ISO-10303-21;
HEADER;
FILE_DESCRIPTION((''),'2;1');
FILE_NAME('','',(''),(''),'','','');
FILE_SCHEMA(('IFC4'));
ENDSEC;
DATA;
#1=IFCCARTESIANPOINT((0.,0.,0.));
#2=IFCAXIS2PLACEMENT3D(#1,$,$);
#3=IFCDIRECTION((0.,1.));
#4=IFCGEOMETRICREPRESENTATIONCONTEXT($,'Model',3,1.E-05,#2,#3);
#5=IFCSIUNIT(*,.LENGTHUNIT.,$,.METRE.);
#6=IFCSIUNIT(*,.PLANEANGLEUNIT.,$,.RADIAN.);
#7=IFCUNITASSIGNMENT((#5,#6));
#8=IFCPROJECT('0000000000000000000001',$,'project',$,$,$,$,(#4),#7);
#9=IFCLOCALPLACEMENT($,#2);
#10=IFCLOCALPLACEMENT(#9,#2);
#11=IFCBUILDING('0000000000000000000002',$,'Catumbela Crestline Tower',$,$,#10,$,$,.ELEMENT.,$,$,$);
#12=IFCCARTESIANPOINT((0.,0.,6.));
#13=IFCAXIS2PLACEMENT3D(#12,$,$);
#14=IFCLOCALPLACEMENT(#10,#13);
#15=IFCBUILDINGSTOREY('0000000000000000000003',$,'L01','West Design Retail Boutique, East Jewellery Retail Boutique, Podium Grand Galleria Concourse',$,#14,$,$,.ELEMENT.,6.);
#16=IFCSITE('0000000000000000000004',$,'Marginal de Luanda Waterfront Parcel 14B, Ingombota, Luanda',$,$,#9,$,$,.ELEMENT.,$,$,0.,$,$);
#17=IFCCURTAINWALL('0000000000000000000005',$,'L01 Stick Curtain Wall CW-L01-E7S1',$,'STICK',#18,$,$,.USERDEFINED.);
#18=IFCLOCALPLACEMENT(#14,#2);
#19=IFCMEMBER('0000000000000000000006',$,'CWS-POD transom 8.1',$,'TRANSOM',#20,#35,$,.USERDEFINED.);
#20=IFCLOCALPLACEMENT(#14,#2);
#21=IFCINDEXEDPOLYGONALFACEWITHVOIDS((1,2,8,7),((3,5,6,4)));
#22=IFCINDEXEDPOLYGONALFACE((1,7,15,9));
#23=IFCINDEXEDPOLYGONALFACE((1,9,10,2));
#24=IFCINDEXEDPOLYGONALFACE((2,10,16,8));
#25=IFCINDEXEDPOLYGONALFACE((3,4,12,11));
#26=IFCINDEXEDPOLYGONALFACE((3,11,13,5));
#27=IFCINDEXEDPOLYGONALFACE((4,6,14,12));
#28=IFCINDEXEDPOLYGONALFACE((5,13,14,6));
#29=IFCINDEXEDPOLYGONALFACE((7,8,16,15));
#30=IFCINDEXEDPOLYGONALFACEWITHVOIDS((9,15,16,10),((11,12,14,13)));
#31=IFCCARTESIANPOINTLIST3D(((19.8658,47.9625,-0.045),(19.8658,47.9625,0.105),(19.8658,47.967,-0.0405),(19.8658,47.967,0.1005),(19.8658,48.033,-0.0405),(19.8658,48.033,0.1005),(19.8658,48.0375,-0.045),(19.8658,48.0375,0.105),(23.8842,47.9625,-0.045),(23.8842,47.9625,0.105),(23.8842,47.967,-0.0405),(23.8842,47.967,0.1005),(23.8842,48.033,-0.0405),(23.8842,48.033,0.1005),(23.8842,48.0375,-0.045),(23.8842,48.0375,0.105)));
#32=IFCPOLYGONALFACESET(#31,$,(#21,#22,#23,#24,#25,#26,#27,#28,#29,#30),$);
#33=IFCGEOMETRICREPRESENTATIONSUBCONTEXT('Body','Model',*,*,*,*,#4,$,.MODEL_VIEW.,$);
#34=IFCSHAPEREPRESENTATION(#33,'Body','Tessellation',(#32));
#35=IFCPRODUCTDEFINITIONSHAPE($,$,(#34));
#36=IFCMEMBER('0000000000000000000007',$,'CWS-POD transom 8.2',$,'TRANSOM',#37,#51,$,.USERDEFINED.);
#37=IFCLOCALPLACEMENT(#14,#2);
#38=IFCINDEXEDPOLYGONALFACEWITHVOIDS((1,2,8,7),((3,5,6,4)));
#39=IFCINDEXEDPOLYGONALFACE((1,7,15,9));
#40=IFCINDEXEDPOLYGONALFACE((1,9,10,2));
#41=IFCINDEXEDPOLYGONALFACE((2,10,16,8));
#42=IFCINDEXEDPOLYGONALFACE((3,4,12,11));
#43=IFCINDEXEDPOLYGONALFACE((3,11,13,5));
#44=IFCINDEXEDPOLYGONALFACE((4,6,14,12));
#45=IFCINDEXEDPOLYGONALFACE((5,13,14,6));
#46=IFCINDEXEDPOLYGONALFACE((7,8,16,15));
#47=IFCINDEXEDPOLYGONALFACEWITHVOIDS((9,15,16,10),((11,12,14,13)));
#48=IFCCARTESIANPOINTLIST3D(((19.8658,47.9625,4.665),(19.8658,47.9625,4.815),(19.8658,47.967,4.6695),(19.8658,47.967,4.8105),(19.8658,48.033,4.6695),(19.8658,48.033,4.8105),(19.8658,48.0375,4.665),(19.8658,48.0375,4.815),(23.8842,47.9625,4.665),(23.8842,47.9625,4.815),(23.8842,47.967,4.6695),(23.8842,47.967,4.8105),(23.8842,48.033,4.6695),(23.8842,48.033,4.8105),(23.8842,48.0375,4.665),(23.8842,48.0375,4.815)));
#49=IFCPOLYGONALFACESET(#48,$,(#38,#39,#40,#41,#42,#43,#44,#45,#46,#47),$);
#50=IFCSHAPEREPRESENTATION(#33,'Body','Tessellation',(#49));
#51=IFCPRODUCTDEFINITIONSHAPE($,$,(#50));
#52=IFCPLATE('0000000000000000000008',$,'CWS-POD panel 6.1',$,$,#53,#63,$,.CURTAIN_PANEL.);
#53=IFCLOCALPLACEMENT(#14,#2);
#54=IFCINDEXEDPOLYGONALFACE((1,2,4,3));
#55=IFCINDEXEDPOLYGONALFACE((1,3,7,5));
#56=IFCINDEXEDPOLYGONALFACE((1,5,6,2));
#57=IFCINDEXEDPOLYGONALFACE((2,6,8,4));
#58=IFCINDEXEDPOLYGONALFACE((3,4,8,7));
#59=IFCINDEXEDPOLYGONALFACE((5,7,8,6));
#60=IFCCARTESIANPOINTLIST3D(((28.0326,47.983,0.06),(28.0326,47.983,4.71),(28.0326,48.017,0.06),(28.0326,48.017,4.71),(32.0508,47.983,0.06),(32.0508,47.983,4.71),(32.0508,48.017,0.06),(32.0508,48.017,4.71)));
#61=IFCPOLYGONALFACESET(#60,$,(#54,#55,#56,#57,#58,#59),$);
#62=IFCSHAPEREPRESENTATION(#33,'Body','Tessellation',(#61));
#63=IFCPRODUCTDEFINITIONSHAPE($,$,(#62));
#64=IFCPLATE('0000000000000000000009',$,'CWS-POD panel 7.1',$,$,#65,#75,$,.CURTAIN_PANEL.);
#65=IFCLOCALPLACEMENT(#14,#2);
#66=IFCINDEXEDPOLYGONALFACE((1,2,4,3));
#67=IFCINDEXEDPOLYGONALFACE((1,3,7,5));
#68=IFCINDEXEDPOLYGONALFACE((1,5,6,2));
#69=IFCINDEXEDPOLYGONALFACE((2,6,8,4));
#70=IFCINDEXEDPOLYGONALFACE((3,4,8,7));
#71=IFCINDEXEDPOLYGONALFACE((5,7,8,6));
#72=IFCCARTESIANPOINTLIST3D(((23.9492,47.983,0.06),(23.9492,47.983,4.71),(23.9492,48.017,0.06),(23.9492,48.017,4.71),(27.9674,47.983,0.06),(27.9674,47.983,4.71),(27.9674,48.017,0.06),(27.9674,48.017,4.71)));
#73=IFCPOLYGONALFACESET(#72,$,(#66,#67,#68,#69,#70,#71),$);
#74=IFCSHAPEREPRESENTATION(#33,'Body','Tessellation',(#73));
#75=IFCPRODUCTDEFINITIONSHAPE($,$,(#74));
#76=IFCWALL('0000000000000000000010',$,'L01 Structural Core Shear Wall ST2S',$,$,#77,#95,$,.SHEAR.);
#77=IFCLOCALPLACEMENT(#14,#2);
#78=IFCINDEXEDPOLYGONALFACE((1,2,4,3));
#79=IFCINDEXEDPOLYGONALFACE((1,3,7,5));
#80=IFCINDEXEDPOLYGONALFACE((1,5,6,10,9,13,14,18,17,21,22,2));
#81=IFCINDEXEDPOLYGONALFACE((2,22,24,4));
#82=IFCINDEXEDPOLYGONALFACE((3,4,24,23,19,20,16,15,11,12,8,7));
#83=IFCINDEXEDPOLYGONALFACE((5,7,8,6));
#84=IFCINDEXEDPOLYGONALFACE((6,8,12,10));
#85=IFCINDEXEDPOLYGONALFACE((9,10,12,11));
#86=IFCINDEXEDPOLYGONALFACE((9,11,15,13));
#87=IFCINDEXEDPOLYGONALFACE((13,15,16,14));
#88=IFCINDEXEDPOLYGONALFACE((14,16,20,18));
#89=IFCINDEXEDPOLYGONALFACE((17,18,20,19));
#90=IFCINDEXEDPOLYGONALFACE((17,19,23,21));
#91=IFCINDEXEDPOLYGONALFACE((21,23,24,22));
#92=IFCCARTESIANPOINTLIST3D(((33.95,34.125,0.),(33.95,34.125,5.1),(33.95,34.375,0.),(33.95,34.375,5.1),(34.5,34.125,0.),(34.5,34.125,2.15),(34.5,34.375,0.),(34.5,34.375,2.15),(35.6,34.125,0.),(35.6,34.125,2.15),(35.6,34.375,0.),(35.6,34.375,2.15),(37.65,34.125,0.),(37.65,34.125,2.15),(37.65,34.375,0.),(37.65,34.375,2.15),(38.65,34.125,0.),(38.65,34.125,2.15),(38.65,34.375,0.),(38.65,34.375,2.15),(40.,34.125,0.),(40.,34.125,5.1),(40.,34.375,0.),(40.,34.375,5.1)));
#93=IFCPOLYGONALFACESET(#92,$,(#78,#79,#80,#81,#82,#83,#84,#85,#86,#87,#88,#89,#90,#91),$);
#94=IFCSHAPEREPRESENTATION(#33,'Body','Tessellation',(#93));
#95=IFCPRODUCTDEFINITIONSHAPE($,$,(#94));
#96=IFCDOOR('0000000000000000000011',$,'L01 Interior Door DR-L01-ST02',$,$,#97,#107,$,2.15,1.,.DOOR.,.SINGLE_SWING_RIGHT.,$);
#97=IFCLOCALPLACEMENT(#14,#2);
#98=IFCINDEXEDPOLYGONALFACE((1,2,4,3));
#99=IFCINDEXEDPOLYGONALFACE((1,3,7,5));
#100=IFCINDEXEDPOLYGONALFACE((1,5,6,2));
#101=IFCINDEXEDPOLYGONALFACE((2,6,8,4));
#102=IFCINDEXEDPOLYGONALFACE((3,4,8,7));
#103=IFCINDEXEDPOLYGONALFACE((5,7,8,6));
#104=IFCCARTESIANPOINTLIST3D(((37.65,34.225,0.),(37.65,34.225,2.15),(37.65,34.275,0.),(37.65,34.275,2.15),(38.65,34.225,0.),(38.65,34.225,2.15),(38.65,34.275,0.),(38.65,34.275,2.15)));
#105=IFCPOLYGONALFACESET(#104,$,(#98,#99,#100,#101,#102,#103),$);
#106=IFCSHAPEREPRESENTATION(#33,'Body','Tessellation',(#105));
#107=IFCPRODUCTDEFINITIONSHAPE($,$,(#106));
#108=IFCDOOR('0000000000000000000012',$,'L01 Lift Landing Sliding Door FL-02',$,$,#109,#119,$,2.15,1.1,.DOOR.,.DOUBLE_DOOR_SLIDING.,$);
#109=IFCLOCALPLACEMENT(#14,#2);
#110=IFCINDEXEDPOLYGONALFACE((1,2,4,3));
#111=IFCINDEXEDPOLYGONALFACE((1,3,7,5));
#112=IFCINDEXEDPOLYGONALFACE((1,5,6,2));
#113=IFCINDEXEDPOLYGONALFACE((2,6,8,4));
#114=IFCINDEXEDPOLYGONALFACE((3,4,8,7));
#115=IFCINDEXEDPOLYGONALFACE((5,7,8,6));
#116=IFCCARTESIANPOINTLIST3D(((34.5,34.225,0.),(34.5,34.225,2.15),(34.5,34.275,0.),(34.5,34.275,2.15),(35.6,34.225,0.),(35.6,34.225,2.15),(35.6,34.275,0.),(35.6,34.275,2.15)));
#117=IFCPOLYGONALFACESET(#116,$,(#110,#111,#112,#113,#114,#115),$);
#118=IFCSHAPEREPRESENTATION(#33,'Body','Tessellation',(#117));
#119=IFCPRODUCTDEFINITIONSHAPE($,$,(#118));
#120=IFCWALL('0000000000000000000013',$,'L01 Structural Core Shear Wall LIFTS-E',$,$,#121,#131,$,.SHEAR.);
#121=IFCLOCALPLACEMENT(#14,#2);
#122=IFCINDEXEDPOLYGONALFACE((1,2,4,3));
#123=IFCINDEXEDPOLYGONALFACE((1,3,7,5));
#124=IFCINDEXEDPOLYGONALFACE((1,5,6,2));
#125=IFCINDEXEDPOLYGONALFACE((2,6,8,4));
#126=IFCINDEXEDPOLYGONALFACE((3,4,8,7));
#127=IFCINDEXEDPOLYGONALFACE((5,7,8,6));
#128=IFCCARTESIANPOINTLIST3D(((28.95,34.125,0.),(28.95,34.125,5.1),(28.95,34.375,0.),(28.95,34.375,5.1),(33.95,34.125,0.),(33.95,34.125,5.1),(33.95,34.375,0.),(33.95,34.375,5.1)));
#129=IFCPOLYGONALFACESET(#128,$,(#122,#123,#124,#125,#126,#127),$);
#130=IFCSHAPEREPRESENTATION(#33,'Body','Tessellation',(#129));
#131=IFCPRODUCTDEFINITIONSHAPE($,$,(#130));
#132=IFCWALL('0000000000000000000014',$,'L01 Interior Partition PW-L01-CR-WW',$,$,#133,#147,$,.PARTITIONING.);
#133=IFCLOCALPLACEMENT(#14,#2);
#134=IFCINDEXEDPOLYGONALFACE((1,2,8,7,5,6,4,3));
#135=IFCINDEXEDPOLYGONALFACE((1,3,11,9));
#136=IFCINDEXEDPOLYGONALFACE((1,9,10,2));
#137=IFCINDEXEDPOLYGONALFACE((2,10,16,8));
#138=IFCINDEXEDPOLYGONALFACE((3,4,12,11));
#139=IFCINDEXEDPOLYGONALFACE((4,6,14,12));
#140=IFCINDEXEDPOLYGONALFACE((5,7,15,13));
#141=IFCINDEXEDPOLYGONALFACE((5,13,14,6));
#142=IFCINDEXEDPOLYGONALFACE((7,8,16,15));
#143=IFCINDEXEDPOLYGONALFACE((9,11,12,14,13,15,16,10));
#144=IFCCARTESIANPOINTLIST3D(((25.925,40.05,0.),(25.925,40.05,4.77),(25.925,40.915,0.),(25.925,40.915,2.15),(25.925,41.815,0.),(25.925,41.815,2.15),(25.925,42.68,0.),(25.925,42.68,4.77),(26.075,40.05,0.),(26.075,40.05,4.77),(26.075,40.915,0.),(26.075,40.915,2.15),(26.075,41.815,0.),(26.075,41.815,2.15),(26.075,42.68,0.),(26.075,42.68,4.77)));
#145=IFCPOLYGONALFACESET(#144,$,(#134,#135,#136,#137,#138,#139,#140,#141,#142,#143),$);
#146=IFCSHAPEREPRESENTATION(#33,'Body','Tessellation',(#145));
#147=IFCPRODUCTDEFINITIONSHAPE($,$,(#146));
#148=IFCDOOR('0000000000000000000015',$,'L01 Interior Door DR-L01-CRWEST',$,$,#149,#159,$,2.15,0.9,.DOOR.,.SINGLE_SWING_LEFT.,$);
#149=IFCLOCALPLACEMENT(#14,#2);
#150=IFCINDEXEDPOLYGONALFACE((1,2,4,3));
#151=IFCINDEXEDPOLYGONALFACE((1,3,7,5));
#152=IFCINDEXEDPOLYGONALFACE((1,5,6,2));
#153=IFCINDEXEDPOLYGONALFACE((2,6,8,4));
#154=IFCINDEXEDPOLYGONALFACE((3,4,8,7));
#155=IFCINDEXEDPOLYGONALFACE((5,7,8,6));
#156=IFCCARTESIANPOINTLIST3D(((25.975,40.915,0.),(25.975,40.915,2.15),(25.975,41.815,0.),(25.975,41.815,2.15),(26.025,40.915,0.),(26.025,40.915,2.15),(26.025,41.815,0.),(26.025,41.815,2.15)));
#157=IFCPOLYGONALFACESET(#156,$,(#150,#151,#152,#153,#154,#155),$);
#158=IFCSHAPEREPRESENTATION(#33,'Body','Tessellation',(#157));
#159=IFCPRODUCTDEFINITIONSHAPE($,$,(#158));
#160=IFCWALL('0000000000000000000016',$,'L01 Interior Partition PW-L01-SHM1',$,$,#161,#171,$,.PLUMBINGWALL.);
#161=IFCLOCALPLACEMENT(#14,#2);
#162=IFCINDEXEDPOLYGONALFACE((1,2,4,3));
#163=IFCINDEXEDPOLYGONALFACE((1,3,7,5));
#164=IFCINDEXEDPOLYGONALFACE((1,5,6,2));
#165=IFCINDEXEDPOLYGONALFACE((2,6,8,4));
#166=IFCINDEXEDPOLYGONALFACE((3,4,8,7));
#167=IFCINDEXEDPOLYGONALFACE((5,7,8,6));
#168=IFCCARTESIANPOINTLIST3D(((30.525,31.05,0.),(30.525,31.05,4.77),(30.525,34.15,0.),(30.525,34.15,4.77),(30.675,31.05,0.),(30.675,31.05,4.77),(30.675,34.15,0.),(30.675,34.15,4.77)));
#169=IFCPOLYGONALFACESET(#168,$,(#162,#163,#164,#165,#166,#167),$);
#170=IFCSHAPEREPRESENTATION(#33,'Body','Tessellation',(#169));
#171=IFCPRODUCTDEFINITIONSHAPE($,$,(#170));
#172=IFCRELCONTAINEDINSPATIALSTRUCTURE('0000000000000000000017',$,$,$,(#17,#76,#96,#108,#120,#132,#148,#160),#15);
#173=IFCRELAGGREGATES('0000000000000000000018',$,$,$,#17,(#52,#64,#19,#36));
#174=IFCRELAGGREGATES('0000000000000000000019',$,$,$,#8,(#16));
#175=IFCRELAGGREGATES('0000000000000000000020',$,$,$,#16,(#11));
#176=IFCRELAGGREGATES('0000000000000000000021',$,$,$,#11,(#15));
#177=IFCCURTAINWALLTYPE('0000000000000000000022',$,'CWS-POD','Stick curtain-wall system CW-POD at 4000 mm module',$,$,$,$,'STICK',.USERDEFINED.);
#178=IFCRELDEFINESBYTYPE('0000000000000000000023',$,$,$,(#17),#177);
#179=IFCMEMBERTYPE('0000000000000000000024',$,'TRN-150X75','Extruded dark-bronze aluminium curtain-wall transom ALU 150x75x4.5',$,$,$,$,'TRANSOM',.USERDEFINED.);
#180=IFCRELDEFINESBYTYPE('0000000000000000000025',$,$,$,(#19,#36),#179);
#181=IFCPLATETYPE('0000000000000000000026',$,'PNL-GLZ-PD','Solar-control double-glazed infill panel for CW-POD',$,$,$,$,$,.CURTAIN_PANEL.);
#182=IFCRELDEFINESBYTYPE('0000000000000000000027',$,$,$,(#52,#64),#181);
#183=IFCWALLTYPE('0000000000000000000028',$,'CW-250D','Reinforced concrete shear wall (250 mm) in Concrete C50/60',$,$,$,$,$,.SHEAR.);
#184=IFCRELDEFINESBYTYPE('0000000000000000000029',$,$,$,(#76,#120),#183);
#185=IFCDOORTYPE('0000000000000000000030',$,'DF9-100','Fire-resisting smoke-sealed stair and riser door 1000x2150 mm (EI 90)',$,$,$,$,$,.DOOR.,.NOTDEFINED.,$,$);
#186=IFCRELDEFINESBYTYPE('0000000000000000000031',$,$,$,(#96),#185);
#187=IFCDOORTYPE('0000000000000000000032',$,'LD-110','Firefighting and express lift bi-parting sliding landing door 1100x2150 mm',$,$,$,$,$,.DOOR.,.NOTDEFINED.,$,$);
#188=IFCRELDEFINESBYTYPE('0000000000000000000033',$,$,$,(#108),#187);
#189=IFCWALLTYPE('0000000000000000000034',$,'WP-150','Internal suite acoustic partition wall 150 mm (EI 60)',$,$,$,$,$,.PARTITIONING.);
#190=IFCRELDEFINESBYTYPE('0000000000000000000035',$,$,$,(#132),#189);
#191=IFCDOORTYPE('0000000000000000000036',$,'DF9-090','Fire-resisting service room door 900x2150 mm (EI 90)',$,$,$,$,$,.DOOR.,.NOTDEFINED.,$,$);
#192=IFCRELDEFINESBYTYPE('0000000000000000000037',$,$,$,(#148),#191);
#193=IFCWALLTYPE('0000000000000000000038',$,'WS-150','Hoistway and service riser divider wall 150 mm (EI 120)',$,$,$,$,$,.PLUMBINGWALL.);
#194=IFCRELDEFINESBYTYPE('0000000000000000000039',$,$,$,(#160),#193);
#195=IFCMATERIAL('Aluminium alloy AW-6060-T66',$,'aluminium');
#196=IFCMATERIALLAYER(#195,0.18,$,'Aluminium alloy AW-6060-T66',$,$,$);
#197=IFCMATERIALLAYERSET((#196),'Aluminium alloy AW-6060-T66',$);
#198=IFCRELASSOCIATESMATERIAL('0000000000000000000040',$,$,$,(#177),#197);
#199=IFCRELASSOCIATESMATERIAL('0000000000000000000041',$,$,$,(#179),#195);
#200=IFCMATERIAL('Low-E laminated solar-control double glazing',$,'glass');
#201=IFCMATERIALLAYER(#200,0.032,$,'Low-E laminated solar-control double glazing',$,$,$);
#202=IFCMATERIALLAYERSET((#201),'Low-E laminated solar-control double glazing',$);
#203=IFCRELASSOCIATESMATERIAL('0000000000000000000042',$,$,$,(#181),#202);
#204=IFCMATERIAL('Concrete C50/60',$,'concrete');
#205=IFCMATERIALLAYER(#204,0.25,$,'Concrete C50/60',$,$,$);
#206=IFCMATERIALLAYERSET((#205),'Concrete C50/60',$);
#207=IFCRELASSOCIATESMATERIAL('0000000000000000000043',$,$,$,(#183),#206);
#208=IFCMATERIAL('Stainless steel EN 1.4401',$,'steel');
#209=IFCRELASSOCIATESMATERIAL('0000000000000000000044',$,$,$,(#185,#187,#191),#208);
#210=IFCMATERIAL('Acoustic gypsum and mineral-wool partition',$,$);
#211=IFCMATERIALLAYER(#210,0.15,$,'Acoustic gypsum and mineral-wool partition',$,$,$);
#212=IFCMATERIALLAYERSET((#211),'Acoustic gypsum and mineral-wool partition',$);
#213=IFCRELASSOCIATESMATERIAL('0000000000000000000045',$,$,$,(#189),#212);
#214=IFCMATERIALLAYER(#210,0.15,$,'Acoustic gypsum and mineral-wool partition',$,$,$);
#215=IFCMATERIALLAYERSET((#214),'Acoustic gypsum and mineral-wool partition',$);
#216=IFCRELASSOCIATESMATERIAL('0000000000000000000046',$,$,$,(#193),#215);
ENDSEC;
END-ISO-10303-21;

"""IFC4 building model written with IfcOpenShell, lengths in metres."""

from ifc_helpers import new_model, si_unit, direction, frame, frame_2d, origin, origin_2d, place, context, subcontext, project, spatial, rectangle, hollow_rectangle, extrude, material, layer, layer_set, material_profile, profile_set, type_object, element, fill, aggregate, save


model = new_model("IFC4")

# Units and contexts
model_context = context("Model", 3, precision=1e-05, world=origin(), true_north=direction((0.0, 1.0)))
body_context = subcontext(model_context, "Body", "Model", "MODEL_VIEW")
ifc_project = project(units=[si_unit("LENGTHUNIT", "METRE"), si_unit("PLANEANGLEUNIT", "RADIAN")], contexts=[model_context])

# Site, building, storey
site_placement = place(None, origin())
site = spatial("IfcSite", under=ifc_project, at=site_placement, Name="Marginal de Luanda Waterfront Parcel 14B, Ingombota, Luanda", CompositionType="ELEMENT", RefElevation=0.0)
building_placement = place(site_placement, origin())
building = spatial("IfcBuilding", under=site, at=building_placement, Name="Catumbela Crestline Tower", CompositionType="ELEMENT")
storey_placement = place(building_placement, frame((0.0, 0.0, 6.0)))
storey = spatial("IfcBuildingStorey", under=building, at=storey_placement, Name="L01", Description="West Design Retail Boutique, East Jewellery Retail Boutique, Podium Grand Galleria Concourse", CompositionType="ELEMENT", Elevation=6.0)

# Curtain wall
ifc_material_1 = material(Name="Aluminium alloy AW-6060-T66", Category="aluminium")
ifc_layer_1 = layer(ifc_material_1, 0.18, Name="Aluminium alloy AW-6060-T66")
ifc_layer_set_1 = layer_set([ifc_layer_1], Name="Aluminium alloy AW-6060-T66")
curtain_wall_type = type_object("IfcCurtainWallType", Name="CWS-POD", Description="Stick curtain-wall system CW-POD at 4000 mm module", ElementType="STICK", PredefinedType="USERDEFINED", material=ifc_layer_set_1)
curtain_wall_placement = place(storey_placement, origin())
curtain_wall = element("IfcCurtainWall", 1, at=curtain_wall_placement, inside=storey, type_object=curtain_wall_type, Name="L01 Stick Curtain Wall CW-L01-E7S1", ObjectType="STICK", PredefinedType="USERDEFINED")

# Members
ifc_material_profile_1 = material_profile(ifc_material_1, hollow_rectangle(XDim=0.075, YDim=0.15, WallThickness=0.0045, at=origin_2d()), Name="ALU 150x75x4.5")
ifc_profile_set_1 = profile_set([ifc_material_profile_1], Name="Aluminium alloy AW-6060-T66")
member_type_1 = type_object("IfcMemberType", Name="TRN-150X75", Description="Extruded dark-bronze aluminium curtain-wall transom ALU 150x75x4.5", ElementType="TRANSOM", PredefinedType="USERDEFINED", material=ifc_profile_set_1)
member_1_placement = place(storey_placement, frame((23.8842, 48.0, 0.03), z_axis=(-1.0, 0.0, 0.0), x_axis=(0.0, -1.0, 0.0)))
member_1 = element("IfcMember", 2, at=member_1_placement, type_object=member_type_1, Name="CWS-POD transom 8.1", ObjectType="TRANSOM", PredefinedType="USERDEFINED", context=body_context, shape_type="SweptSolid", body=[
    extrude(hollow_rectangle(XDim=0.075, YDim=0.15, WallThickness=0.0045, at=origin_2d()), origin(), (0.0, 0.0, 1.0), 4.0184),
])
member_2_placement = place(storey_placement, frame((23.8842, 48.0, 4.74), z_axis=(-1.0, 0.0, 0.0), x_axis=(0.0, -1.0, 0.0)))
member_2 = element("IfcMember", 3, at=member_2_placement, type_object=member_type_1, Name="CWS-POD transom 8.2", ObjectType="TRANSOM", PredefinedType="USERDEFINED", context=body_context, shape_type="SweptSolid", body=[
    extrude(hollow_rectangle(XDim=0.075, YDim=0.15, WallThickness=0.0045, at=origin_2d()), origin(), (0.0, 0.0, 1.0), 4.0184),
])

# Plates
ifc_material_2 = material(Name="Low-E laminated solar-control double glazing", Category="glass")
ifc_layer_2 = layer(ifc_material_2, 0.032, Name="Low-E laminated solar-control double glazing")
ifc_layer_set_2 = layer_set([ifc_layer_2], Name="Low-E laminated solar-control double glazing")
plate_type = type_object("IfcPlateType", Name="PNL-GLZ-PD", Description="Solar-control double-glazed infill panel for CW-POD", PredefinedType="CURTAIN_PANEL", material=ifc_layer_set_2)
plate_1_placement = place(storey_placement, frame((30.0417, 48.0, 0.06), z_axis=(0.0, 0.0, 1.0), x_axis=(-1.0, 0.0, 0.0)))
plate_1 = element("IfcPlate", 4, at=plate_1_placement, type_object=plate_type, Name="CWS-POD panel 6.1", PredefinedType="CURTAIN_PANEL", context=body_context, shape_type="SweptSolid", body=[
    extrude(rectangle(XDim=4.0183, YDim=0.034, at=origin_2d()), origin(), (0.0, 0.0, 1.0), 4.65),
])
plate_2_placement = place(storey_placement, frame((25.9583, 48.0, 0.06), z_axis=(0.0, 0.0, 1.0), x_axis=(-1.0, 0.0, 0.0)))
plate_2 = element("IfcPlate", 5, at=plate_2_placement, type_object=plate_type, Name="CWS-POD panel 7.1", PredefinedType="CURTAIN_PANEL", context=body_context, shape_type="SweptSolid", body=[
    extrude(rectangle(XDim=4.0183, YDim=0.034, at=origin_2d()), origin(), (0.0, 0.0, 1.0), 4.65),
])
aggregate(curtain_wall, [plate_1, plate_2, member_1, member_2])

# Wall, openings, doors
ifc_material_3 = material(Name="Concrete C50/60", Category="concrete")
ifc_layer_3 = layer(ifc_material_3, 0.25, Name="Concrete C50/60")
ifc_layer_set_3 = layer_set([ifc_layer_3], Name="Concrete C50/60")
wall_type_1 = type_object("IfcWallType", Name="CW-250D", Description="Reinforced concrete shear wall (250 mm) in Concrete C50/60", PredefinedType="SHEAR", material=ifc_layer_set_3)
wall_1_placement = place(storey_placement, frame((33.95, 34.25, 0.0), z_axis=(0.0, 0.0, 1.0), x_axis=(1.0, 0.0, 0.0)))
wall_1 = element("IfcWall", 6, at=wall_1_placement, inside=storey, type_object=wall_type_1, Name="L01 Structural Core Shear Wall ST2S", PredefinedType="SHEAR", context=body_context, shape_type="SweptSolid", body=[
    extrude(rectangle(XDim=6.05, YDim=0.25, at=frame_2d((3.025, 0.0))), origin(), (0.0, 0.0, 1.0), 5.1),
])
opening_1_placement = place(wall_1_placement, frame((3.7, 0.0, 0.0)))
opening_1 = element("IfcOpeningElement", 7, at=opening_1_placement, cuts=wall_1, PredefinedType="OPENING", context=body_context, shape_type="SweptSolid", body=[
    extrude(rectangle(XDim=1.0, YDim=2.15, at=frame_2d((0.5, 1.075))), frame((0.0, 0.135, 0.0), z_axis=(0.0, -1.0, 0.0), x_axis=(1.0, 0.0, 0.0)), (0.0, 0.0, 1.0), 0.27),
])
opening_2_placement = place(wall_1_placement, frame((0.55, 0.0, 0.0)))
opening_2 = element("IfcOpeningElement", 8, at=opening_2_placement, cuts=wall_1, PredefinedType="OPENING", context=body_context, shape_type="SweptSolid", body=[
    extrude(rectangle(XDim=1.1, YDim=2.15, at=frame_2d((0.55, 1.075))), frame((0.0, 0.135, 0.0), z_axis=(0.0, -1.0, 0.0), x_axis=(1.0, 0.0, 0.0)), (0.0, 0.0, 1.0), 0.27),
])
ifc_material_4 = material(Name="Stainless steel EN 1.4401", Category="steel")
door_type_1 = type_object("IfcDoorType", Name="DF9-100", Description="Fire-resisting smoke-sealed stair and riser door 1000x2150 mm (EI 90)", OperationType="NOTDEFINED", PredefinedType="DOOR", material=ifc_material_4)
door_1_placement = place(opening_1_placement, origin())
door_1 = element("IfcDoor", 9, at=door_1_placement, inside=storey, type_object=door_type_1, Name="L01 Interior Door DR-L01-ST02", OperationType="SINGLE_SWING_RIGHT", OverallHeight=2.15, OverallWidth=1.0, PredefinedType="DOOR", context=body_context, shape_type="SweptSolid", body=[
    extrude(rectangle(XDim=1.0, YDim=2.15, at=frame_2d((0.5, 1.075))), frame((0.0, 0.025, 0.0), z_axis=(0.0, -1.0, 0.0), x_axis=(1.0, 0.0, 0.0)), (0.0, 0.0, 1.0), 0.05),
])
fill(opening_1, door_1)
door_type_2 = type_object("IfcDoorType", Name="LD-110", Description="Firefighting and express lift bi-parting sliding landing door 1100x2150 mm", OperationType="NOTDEFINED", PredefinedType="DOOR", material=ifc_material_4)
door_2_placement = place(opening_2_placement, origin())
door_2 = element("IfcDoor", 10, at=door_2_placement, inside=storey, type_object=door_type_2, Name="L01 Lift Landing Sliding Door FL-02", OperationType="DOUBLE_DOOR_SLIDING", OverallHeight=2.15, OverallWidth=1.1, PredefinedType="DOOR", context=body_context, shape_type="SweptSolid", body=[
    extrude(rectangle(XDim=1.1, YDim=2.15, at=frame_2d((0.55, 1.075))), frame((0.0, 0.025, 0.0), z_axis=(0.0, -1.0, 0.0), x_axis=(1.0, 0.0, 0.0)), (0.0, 0.0, 1.0), 0.05),
])
fill(opening_2, door_2)

# Wall
wall_2_placement = place(storey_placement, frame((28.95, 34.25, 0.0), z_axis=(0.0, 0.0, 1.0), x_axis=(1.0, 0.0, 0.0)))
element("IfcWall", 11, at=wall_2_placement, inside=storey, type_object=wall_type_1, Name="L01 Structural Core Shear Wall LIFTS-E", PredefinedType="SHEAR", context=body_context, shape_type="SweptSolid", body=[
    extrude(rectangle(XDim=5.0, YDim=0.25, at=frame_2d((2.5, 0.0))), origin(), (0.0, 0.0, 1.0), 5.1),
])

# Wall, opening, door
ifc_material_5 = material(Name="Acoustic gypsum and mineral-wool partition")
ifc_layer_4 = layer(ifc_material_5, 0.15, Name="Acoustic gypsum and mineral-wool partition")
ifc_layer_set_4 = layer_set([ifc_layer_4], Name="Acoustic gypsum and mineral-wool partition")
wall_type_2 = type_object("IfcWallType", Name="WP-150", Description="Internal suite acoustic partition wall 150 mm (EI 60)", PredefinedType="PARTITIONING", material=ifc_layer_set_4)
wall_3_placement = place(storey_placement, frame((26.0, 40.05, 0.0), z_axis=(0.0, 0.0, 1.0), x_axis=(0.0, 1.0, 0.0)))
wall_3 = element("IfcWall", 12, at=wall_3_placement, inside=storey, type_object=wall_type_2, Name="L01 Interior Partition PW-L01-CR-WW", PredefinedType="PARTITIONING", context=body_context, shape_type="SweptSolid", body=[
    extrude(rectangle(XDim=2.63, YDim=0.15, at=frame_2d((1.315, 0.0))), origin(), (0.0, 0.0, 1.0), 4.77),
])
opening_3_placement = place(wall_3_placement, frame((0.865, 0.0, 0.0)))
opening_3 = element("IfcOpeningElement", 13, at=opening_3_placement, cuts=wall_3, PredefinedType="OPENING", context=body_context, shape_type="SweptSolid", body=[
    extrude(rectangle(XDim=0.9, YDim=2.15, at=frame_2d((0.45, 1.075))), frame((0.0, 0.085, 0.0), z_axis=(0.0, -1.0, 0.0), x_axis=(1.0, 0.0, 0.0)), (0.0, 0.0, 1.0), 0.17),
])
door_type_3 = type_object("IfcDoorType", Name="DF9-090", Description="Fire-resisting service room door 900x2150 mm (EI 90)", OperationType="NOTDEFINED", PredefinedType="DOOR", material=ifc_material_4)
door_3_placement = place(opening_3_placement, origin())
door_3 = element("IfcDoor", 14, at=door_3_placement, inside=storey, type_object=door_type_3, Name="L01 Interior Door DR-L01-CRWEST", OperationType="SINGLE_SWING_LEFT", OverallHeight=2.15, OverallWidth=0.9, PredefinedType="DOOR", context=body_context, shape_type="SweptSolid", body=[
    extrude(rectangle(XDim=0.9, YDim=2.15, at=frame_2d((0.45, 1.075))), frame((0.0, 0.025, 0.0), z_axis=(0.0, -1.0, 0.0), x_axis=(1.0, 0.0, 0.0)), (0.0, 0.0, 1.0), 0.05),
])
fill(opening_3, door_3)

# Wall
ifc_layer_5 = layer(ifc_material_5, 0.15, Name="Acoustic gypsum and mineral-wool partition")
ifc_layer_set_5 = layer_set([ifc_layer_5], Name="Acoustic gypsum and mineral-wool partition")
wall_type_3 = type_object("IfcWallType", Name="WS-150", Description="Hoistway and service riser divider wall 150 mm (EI 120)", PredefinedType="PLUMBINGWALL", material=ifc_layer_set_5)
for number, where, z_axis, x_axis, name in (
    (15, (30.6, 31.05, 0.0), (0.0, 0.0, 1.0), (0.0, 1.0, 0.0), "L01 Interior Partition PW-L01-SHM1"),
):
    element("IfcWall", number, at=place(storey_placement, frame(where, z_axis=z_axis, x_axis=x_axis)), inside=storey, type_object=wall_type_3, Name=name, PredefinedType="PLUMBINGWALL", context=body_context, shape_type="SweptSolid", body=[
        extrude(rectangle(XDim=3.1, YDim=0.15, at=frame_2d((1.55, 0.0))), origin(), (0.0, 0.0, 1.0), 4.77),
    ])

save(model, "model.ifc")
